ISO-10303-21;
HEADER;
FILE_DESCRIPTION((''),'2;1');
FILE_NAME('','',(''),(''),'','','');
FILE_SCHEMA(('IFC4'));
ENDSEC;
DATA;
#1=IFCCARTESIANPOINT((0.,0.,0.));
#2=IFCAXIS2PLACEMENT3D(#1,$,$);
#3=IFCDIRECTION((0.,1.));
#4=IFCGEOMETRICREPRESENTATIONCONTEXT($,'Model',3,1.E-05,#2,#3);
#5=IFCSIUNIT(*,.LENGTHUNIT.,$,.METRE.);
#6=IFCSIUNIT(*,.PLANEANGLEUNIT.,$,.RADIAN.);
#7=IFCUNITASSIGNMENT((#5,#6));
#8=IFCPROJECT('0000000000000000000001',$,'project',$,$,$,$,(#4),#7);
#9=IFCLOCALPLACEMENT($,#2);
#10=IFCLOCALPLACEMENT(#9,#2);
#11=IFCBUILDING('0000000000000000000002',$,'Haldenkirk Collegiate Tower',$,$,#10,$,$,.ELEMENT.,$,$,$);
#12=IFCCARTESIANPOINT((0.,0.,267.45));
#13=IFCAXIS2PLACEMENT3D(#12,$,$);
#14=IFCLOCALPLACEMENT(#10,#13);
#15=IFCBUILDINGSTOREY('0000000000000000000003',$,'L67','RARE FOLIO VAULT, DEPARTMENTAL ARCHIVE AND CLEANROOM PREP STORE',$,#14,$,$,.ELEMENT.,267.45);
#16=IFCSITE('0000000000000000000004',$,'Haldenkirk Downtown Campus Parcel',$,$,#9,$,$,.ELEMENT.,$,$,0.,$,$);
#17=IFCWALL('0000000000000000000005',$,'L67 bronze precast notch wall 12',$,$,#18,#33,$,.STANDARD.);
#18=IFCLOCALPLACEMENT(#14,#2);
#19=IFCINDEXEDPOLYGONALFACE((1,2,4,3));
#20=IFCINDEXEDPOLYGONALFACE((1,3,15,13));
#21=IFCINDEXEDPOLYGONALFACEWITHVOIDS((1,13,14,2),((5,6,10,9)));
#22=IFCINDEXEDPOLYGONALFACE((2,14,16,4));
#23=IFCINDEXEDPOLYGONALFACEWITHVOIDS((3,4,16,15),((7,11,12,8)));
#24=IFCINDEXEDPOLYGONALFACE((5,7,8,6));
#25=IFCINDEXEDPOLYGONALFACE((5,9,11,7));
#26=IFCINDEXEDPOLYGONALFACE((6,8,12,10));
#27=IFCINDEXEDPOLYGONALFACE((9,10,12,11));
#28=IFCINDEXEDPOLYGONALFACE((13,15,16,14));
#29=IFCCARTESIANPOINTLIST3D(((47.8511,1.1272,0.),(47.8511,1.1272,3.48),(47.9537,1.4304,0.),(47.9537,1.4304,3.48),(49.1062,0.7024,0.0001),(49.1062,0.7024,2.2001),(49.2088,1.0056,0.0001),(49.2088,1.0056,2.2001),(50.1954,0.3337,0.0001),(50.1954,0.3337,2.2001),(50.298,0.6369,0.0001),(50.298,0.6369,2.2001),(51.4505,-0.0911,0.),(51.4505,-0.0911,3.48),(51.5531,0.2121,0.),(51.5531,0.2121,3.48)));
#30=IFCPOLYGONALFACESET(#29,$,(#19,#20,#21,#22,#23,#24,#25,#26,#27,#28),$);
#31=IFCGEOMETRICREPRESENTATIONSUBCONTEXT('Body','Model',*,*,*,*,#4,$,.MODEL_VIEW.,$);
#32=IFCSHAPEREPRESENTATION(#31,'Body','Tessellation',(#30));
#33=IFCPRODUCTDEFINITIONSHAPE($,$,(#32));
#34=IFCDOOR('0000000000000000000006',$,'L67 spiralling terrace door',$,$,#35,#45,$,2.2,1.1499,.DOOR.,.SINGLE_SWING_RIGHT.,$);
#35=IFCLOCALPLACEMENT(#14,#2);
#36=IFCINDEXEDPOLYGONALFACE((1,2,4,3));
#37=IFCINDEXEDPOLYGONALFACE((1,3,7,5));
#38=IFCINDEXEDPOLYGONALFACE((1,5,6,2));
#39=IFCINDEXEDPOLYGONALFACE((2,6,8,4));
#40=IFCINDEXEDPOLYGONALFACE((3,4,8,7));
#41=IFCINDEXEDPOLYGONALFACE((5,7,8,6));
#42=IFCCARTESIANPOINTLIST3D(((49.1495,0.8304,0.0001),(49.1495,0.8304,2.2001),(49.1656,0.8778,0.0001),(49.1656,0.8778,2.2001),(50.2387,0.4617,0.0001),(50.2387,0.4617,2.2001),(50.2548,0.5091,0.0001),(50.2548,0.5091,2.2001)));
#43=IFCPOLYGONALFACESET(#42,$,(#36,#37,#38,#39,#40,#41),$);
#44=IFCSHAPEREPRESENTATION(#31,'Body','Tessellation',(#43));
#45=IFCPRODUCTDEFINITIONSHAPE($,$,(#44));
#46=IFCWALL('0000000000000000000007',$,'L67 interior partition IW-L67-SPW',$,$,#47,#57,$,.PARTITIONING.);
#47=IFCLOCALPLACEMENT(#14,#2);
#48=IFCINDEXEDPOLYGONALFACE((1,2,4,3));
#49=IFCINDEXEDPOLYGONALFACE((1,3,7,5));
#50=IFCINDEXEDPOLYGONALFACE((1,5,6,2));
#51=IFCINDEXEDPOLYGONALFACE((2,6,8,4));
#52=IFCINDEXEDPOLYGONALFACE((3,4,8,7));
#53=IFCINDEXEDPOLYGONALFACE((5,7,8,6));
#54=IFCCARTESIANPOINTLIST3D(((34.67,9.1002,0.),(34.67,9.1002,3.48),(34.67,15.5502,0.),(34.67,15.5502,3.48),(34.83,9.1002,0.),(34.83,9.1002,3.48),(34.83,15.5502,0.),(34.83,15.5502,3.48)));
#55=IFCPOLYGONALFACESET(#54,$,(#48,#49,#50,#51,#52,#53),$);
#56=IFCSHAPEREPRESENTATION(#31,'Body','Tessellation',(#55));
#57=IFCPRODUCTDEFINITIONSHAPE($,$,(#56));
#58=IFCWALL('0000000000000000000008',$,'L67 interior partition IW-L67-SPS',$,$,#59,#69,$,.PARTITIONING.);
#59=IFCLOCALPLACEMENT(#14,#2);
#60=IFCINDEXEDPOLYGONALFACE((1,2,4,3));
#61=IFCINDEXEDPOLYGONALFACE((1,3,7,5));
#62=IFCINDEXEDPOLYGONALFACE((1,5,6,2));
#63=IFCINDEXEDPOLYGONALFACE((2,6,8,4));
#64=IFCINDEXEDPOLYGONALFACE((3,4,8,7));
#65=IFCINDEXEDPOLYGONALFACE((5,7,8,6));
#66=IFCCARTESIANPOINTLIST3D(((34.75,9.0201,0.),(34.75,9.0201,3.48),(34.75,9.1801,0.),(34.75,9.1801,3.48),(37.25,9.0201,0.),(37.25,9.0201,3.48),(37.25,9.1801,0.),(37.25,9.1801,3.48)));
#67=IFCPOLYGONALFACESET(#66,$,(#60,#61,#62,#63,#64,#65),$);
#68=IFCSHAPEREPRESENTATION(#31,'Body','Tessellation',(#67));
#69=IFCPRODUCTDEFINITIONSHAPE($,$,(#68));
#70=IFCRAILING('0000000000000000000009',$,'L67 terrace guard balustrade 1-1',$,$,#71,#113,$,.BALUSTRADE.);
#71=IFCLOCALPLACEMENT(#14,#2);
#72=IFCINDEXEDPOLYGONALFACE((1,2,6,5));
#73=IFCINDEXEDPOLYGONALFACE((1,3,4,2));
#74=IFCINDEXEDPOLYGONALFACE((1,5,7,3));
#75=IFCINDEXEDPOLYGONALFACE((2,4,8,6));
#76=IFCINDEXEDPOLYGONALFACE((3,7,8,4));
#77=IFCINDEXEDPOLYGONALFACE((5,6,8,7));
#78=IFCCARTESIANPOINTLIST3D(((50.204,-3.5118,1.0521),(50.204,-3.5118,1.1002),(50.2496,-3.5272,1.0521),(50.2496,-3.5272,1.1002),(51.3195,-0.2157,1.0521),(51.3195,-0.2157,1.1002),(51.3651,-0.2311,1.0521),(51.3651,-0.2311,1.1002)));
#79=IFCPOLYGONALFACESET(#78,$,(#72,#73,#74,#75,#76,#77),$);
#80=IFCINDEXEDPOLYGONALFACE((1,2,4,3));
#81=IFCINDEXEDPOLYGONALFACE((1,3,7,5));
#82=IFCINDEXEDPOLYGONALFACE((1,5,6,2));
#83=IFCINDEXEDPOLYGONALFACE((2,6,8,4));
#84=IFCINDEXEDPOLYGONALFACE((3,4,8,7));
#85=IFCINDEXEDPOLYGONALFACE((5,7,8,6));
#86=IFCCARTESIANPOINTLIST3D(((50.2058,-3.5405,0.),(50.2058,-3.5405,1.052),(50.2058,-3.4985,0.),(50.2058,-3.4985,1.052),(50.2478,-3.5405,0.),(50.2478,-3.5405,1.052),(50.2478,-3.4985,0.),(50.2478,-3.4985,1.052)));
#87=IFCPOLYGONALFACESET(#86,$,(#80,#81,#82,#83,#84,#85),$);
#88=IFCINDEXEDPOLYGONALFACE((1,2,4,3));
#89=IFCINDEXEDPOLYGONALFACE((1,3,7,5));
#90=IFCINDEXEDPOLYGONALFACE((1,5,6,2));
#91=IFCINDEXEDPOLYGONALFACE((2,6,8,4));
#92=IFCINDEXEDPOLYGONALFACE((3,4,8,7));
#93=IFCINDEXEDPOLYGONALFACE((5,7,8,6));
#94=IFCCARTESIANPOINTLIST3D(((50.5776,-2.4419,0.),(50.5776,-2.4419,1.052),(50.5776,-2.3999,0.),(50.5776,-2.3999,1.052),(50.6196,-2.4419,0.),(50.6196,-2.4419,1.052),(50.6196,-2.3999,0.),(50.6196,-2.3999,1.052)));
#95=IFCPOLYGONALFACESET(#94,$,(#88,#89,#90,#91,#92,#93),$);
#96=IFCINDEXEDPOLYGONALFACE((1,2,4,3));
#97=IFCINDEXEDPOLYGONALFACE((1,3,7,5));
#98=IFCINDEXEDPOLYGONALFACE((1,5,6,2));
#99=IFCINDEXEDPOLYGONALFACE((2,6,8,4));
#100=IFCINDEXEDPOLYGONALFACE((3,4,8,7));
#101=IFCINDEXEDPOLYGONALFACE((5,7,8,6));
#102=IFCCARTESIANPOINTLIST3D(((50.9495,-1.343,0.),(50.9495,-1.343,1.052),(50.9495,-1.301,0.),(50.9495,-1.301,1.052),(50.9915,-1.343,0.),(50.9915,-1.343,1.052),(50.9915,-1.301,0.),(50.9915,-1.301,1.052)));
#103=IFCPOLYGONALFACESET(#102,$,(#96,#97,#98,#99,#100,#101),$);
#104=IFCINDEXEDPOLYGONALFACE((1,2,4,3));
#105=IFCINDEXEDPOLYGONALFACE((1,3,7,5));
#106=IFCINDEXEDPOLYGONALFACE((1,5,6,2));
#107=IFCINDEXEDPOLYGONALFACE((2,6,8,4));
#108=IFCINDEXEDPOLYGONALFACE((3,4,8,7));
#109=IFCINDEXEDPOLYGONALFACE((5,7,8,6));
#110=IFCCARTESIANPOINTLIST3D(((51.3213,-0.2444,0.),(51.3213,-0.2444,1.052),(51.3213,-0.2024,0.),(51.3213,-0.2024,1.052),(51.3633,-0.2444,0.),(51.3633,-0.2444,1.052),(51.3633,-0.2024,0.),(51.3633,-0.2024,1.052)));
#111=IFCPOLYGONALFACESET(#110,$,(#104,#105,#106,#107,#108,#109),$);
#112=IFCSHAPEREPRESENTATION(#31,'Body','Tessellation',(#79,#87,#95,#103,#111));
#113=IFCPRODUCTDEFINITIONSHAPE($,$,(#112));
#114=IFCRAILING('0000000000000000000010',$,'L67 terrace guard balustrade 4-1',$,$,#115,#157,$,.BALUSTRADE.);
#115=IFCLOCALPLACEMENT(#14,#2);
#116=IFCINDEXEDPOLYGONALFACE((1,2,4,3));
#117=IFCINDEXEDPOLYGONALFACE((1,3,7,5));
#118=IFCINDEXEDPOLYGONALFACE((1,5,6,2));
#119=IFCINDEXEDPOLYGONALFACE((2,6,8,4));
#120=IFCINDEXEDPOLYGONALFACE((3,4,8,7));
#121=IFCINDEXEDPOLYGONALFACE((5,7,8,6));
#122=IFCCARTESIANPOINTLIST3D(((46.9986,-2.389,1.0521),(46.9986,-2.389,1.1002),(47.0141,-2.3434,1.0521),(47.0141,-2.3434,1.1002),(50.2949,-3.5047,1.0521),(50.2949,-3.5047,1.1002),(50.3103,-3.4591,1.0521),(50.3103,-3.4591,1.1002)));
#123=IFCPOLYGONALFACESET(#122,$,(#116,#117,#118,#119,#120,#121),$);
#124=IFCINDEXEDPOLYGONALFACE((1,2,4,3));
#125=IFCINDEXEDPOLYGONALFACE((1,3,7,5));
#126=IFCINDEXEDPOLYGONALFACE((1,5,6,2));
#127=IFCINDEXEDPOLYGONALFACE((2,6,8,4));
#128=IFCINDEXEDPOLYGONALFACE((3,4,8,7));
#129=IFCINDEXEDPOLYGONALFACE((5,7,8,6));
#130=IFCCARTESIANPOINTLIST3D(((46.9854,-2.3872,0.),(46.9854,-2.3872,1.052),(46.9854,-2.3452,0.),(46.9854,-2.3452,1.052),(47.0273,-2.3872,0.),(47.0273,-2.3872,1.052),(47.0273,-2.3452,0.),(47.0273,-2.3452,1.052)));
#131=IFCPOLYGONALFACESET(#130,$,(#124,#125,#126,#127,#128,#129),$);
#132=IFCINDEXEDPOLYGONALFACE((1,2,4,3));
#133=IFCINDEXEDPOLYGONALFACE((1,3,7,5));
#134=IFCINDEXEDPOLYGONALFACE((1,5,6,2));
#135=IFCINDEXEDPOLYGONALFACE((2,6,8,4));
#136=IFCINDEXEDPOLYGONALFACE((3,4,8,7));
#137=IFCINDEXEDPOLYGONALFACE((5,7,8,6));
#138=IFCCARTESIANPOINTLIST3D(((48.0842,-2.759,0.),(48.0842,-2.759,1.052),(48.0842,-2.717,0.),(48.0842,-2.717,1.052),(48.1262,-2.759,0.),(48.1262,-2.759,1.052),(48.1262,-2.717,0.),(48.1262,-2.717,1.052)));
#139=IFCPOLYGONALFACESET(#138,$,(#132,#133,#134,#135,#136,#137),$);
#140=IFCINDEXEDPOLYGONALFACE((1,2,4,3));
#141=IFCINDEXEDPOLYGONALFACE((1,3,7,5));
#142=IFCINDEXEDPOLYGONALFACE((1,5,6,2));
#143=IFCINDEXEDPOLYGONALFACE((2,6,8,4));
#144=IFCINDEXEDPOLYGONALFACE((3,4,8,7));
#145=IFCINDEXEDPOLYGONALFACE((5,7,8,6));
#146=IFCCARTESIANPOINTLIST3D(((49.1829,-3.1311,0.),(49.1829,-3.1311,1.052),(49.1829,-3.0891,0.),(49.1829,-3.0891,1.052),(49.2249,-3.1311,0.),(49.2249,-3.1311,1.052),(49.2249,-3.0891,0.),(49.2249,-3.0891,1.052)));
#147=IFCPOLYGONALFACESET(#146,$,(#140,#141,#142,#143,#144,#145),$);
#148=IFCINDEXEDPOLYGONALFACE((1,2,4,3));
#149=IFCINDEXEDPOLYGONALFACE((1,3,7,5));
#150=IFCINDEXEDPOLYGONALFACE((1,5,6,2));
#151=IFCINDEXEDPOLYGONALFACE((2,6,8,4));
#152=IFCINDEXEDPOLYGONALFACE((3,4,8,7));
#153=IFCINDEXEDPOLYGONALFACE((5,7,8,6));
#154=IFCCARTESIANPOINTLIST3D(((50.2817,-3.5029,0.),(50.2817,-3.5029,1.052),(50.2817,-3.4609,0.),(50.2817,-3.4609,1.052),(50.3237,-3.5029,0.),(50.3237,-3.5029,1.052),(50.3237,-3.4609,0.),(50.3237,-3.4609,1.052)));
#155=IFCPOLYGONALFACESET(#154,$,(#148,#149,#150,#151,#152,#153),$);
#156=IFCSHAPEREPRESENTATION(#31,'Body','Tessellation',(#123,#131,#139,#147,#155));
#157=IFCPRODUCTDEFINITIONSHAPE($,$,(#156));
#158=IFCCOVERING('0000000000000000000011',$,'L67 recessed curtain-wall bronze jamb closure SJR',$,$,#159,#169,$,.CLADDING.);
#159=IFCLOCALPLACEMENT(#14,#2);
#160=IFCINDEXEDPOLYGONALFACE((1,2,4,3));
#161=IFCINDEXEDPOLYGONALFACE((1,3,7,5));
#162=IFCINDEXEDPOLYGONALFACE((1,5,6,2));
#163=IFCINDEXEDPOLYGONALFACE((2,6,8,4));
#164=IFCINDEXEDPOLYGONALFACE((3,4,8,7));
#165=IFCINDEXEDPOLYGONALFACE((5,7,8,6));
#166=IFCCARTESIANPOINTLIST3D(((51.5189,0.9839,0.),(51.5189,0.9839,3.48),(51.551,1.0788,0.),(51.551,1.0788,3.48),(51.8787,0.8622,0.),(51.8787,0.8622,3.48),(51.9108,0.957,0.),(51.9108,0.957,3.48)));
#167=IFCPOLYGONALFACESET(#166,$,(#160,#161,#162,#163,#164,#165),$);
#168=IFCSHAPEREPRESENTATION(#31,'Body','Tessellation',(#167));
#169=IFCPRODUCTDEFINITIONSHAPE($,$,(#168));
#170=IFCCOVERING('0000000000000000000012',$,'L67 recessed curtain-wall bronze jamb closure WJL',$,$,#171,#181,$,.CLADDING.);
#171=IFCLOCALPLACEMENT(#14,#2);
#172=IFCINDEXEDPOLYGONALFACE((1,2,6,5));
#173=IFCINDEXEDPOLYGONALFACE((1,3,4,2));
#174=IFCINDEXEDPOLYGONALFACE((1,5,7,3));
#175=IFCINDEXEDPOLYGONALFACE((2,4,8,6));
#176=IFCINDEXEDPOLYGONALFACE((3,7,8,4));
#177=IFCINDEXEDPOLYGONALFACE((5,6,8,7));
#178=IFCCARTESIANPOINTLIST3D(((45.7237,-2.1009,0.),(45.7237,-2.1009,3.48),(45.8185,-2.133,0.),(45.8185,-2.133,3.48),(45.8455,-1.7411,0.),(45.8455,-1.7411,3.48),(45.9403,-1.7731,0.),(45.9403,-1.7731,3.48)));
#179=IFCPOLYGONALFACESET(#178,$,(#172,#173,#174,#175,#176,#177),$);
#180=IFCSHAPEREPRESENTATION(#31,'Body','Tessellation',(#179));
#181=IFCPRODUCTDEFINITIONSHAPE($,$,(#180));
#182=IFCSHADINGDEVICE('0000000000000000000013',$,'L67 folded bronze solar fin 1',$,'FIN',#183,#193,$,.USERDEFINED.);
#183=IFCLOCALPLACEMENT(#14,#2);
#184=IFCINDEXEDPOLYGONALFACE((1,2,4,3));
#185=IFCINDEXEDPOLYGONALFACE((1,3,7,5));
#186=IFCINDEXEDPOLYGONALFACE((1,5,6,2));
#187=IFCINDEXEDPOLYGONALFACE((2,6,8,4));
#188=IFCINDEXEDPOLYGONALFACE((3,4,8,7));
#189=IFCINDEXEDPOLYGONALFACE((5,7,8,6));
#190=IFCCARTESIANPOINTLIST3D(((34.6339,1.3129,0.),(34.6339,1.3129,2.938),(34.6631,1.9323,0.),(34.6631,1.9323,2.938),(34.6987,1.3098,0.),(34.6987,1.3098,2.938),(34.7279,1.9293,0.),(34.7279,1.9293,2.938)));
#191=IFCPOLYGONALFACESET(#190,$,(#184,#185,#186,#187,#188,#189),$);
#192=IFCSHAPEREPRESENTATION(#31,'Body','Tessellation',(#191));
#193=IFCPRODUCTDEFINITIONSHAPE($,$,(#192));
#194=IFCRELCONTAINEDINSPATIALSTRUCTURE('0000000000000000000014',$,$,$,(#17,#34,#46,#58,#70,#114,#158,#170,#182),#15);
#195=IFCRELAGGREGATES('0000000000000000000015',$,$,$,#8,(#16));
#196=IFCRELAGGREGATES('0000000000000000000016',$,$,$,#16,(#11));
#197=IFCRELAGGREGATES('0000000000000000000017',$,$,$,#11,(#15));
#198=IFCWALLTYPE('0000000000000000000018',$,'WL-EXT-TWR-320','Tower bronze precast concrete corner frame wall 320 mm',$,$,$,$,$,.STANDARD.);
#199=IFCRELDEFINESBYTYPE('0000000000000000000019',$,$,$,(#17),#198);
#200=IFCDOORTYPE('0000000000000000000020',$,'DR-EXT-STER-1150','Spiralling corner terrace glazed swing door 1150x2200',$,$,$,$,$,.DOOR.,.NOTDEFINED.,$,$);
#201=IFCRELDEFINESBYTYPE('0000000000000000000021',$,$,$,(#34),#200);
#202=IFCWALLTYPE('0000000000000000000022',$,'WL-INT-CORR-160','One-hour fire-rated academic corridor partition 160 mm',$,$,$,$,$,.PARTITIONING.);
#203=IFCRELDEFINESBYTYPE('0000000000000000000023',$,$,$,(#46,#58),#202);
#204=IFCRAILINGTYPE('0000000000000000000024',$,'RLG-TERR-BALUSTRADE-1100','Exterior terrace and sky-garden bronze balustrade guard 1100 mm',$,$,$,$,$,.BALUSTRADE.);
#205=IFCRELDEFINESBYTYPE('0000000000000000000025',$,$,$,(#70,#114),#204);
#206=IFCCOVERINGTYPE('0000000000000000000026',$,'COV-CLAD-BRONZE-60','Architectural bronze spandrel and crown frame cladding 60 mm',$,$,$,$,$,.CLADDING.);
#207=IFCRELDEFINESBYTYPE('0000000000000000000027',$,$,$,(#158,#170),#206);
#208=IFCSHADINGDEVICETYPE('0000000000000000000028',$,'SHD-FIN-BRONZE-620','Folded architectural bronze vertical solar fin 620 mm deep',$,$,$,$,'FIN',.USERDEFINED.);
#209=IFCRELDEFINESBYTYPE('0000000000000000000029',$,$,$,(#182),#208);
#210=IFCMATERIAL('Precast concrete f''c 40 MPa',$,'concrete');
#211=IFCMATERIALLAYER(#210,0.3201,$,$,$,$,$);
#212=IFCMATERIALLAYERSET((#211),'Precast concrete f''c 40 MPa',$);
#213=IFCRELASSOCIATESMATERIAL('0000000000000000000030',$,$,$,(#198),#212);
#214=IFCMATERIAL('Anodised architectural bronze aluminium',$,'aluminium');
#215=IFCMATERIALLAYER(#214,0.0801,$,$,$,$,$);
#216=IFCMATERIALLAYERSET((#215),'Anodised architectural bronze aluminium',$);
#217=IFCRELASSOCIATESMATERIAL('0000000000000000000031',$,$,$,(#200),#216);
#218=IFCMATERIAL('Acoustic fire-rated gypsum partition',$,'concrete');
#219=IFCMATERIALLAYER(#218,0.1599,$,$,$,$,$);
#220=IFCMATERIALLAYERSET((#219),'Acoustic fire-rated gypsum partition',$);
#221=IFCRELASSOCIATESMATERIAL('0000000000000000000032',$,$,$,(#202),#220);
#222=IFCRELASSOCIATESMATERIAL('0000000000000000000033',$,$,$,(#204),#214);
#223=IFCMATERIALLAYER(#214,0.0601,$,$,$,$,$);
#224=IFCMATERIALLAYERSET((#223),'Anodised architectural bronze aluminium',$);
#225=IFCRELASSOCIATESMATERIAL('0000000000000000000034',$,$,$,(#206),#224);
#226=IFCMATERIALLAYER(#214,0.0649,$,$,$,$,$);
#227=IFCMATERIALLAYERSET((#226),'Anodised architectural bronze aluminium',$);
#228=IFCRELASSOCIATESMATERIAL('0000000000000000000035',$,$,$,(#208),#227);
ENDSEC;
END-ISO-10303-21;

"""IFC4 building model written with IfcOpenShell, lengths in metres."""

from ifc_helpers import new_model, si_unit, direction, frame, frame_2d, origin, origin_2d, place, context, subcontext, project, spatial, rectangle, extrude, source, transform, mapped, material, layer, layer_set, type_object, element, fill, save


model = new_model("IFC4")

# Units and contexts
model_context = context("Model", 3, precision=1e-05, world=origin(), true_north=direction((0.0, 1.0)))
body_context = subcontext(model_context, "Body", "Model", "MODEL_VIEW")
ifc_project = project(units=[si_unit("LENGTHUNIT", "METRE"), si_unit("PLANEANGLEUNIT", "RADIAN")], contexts=[model_context])

# Site, building, storey
site_placement = place(None, origin())
site = spatial("IfcSite", under=ifc_project, at=site_placement, Name="Haldenkirk Downtown Campus Parcel", CompositionType="ELEMENT", RefElevation=0.0)
building_placement = place(site_placement, origin())
building = spatial("IfcBuilding", under=site, at=building_placement, Name="Haldenkirk Collegiate Tower", CompositionType="ELEMENT")
storey_placement = place(building_placement, frame((0.0, 0.0, 267.45)))
storey = spatial("IfcBuildingStorey", under=building, at=storey_placement, Name="L67", Description="RARE FOLIO VAULT, DEPARTMENTAL ARCHIVE AND CLEANROOM PREP STORE", CompositionType="ELEMENT", Elevation=267.45)

# Shared definitions
ifc_material_1 = material(Name="Anodised architectural bronze aluminium", Category="aluminium")

# Shared definitions
ifc_material_2 = material(Name="Precast concrete f'c 40 MPa", Category="concrete")
ifc_layer_1 = layer(ifc_material_2, 0.3201)
ifc_layer_set_1 = layer_set([ifc_layer_1], Name="Precast concrete f'c 40 MPa")
wall_type_1 = type_object("IfcWallType", Name="WL-EXT-TWR-320", Description="Tower bronze precast concrete corner frame wall 320 mm", PredefinedType="STANDARD", material=ifc_layer_set_1)

# Wall, opening, door
wall_1_placement = place(storey_placement, frame((51.5017, 0.0605, 0.0), z_axis=(0.0, 0.0, 1.0), x_axis=(-0.947215, 0.3206, 0.0)))
wall_1 = element("IfcWall", 1, at=wall_1_placement, inside=storey, type_object=wall_type_1, Name="L67 bronze precast notch wall 12", PredefinedType="STANDARD", context=body_context, shape_type="SweptSolid", body=[
    extrude(rectangle(XDim=3.8, YDim=0.3201, at=frame_2d((1.8999, 0.0))), origin(), (0.0, 0.0, 1.0), 3.48),
])
opening_placement = place(wall_1_placement, frame((1.325, 0.0, 0.0)))
opening = element("IfcOpeningElement", 2, at=opening_placement, cuts=wall_1, PredefinedType="OPENING", context=body_context, shape_type="SweptSolid", body=[
    extrude(rectangle(XDim=1.1499, YDim=2.2, at=frame_2d((0.575, 1.1001))), frame((0.0, 0.1699, 0.0), z_axis=(0.0, -1.0, 0.0), x_axis=(1.0, 0.0, 0.0)), (0.0, 0.0, 1.0), 0.3401),
])
ifc_layer_2 = layer(ifc_material_1, 0.0801)
ifc_layer_set_2 = layer_set([ifc_layer_2], Name="Anodised architectural bronze aluminium")
door_type = type_object("IfcDoorType", Name="DR-EXT-STER-1150", Description="Spiralling corner terrace glazed swing door 1150x2200", OperationType="NOTDEFINED", PredefinedType="DOOR", material=ifc_layer_set_2)
door_placement = place(opening_placement, origin())
door = element("IfcDoor", 3, at=door_placement, inside=storey, type_object=door_type, Name="L67 spiralling terrace door", OperationType="SINGLE_SWING_RIGHT", OverallHeight=2.2, OverallWidth=1.1499, PredefinedType="DOOR", context=body_context, shape_type="SweptSolid", body=[
    extrude(rectangle(XDim=1.1499, YDim=2.2, at=frame_2d((0.575, 1.1001))), frame((0.0, 0.0249, 0.0), z_axis=(0.0, -1.0, 0.0), x_axis=(1.0, 0.0, 0.0)), (0.0, 0.0, 1.0), 0.05),
])
fill(opening, door)

# Walls
ifc_material_3 = material(Name="Acoustic fire-rated gypsum partition", Category="concrete")
ifc_layer_3 = layer(ifc_material_3, 0.1599)
ifc_layer_set_3 = layer_set([ifc_layer_3], Name="Acoustic fire-rated gypsum partition")
wall_type_2 = type_object("IfcWallType", Name="WL-INT-CORR-160", Description="One-hour fire-rated academic corridor partition 160 mm", PredefinedType="PARTITIONING", material=ifc_layer_set_3)
wall_2_placement = place(storey_placement, frame((34.75, 9.1001, 0.0), z_axis=(0.0, 0.0, 1.0), x_axis=(0.0, 1.0, 0.0)))
element("IfcWall", 4, at=wall_2_placement, inside=storey, type_object=wall_type_2, Name="L67 interior partition IW-L67-SPW", PredefinedType="PARTITIONING", context=body_context, shape_type="SweptSolid", body=[
    extrude(rectangle(XDim=6.45, YDim=0.1599, at=frame_2d((3.2251, 0.0))), origin(), (0.0, 0.0, 1.0), 3.48),
])
wall_3_placement = place(storey_placement, frame((34.75, 9.1001, 0.0), z_axis=(0.0, 0.0, 1.0), x_axis=(1.0, 0.0, 0.0)))
element("IfcWall", 5, at=wall_3_placement, inside=storey, type_object=wall_type_2, Name="L67 interior partition IW-L67-SPS", PredefinedType="PARTITIONING", context=body_context, shape_type="SweptSolid", body=[
    extrude(rectangle(XDim=2.5, YDim=0.1599, at=frame_2d((1.25, 0.0))), origin(), (0.0, 0.0, 1.0), 3.48),
])

# Railings
railing_type = type_object("IfcRailingType", Name="RLG-TERR-BALUSTRADE-1100", Description="Exterior terrace and sky-garden bronze balustrade guard 1100 mm", PredefinedType="BALUSTRADE", material=ifc_material_1)
railing_1_placement = place(storey_placement, frame((50.2268, -3.5195, 0.0)))
element("IfcRailing", 6, at=railing_1_placement, inside=storey, type_object=railing_type, Name="L67 terrace guard balustrade 1-1", PredefinedType="BALUSTRADE", context=body_context, shape_type="SweptSolid", body=[
    extrude(rectangle(XDim=0.0481, YDim=0.0481, at=origin_2d()), frame((0.0, 0.0, 1.0762), z_axis=(0.32056, 0.947228, 0.0), x_axis=(-0.947228, 0.32056, 0.0)), (0.0, 0.0, 1.0), 3.4797),
    extrude(rectangle(XDim=0.042, YDim=0.042, at=origin_2d()), origin(), (0.0, 0.0, 1.0), 1.052),
    extrude(rectangle(XDim=0.042, YDim=0.042, at=origin_2d()), frame((0.3718, 1.0986, 0.0)), (0.0, 0.0, 1.0), 1.052),
    extrude(rectangle(XDim=0.042, YDim=0.042, at=origin_2d()), frame((0.7437, 2.1975, 0.0)), (0.0, 0.0, 1.0), 1.052),
    extrude(rectangle(XDim=0.042, YDim=0.042, at=origin_2d()), frame((1.1155, 3.2961, 0.0)), (0.0, 0.0, 1.0), 1.052),
])
railing_2_placement = place(storey_placement, frame((47.0063, -2.3662, 0.0)))
element("IfcRailing", 7, at=railing_2_placement, inside=storey, type_object=railing_type, Name="L67 terrace guard balustrade 4-1", PredefinedType="BALUSTRADE", context=body_context, shape_type="SweptSolid", body=[
    extrude(rectangle(XDim=0.0481, YDim=0.0481, at=origin_2d()), frame((0.0, 0.0, 1.0762), z_axis=(0.947214, -0.320602, 0.0), x_axis=(0.320602, 0.947214, 0.0)), (0.0, 0.0, 1.0), 3.48),
    extrude(rectangle(XDim=0.042, YDim=0.042, at=origin_2d()), origin(), (0.0, 0.0, 1.0), 1.052),
    extrude(rectangle(XDim=0.042, YDim=0.042, at=origin_2d()), frame((1.0989, -0.3718, 0.0)), (0.0, 0.0, 1.0), 1.052),
    extrude(rectangle(XDim=0.042, YDim=0.042, at=origin_2d()), frame((2.1975, -0.7439, 0.0)), (0.0, 0.0, 1.0), 1.052),
    extrude(rectangle(XDim=0.042, YDim=0.042, at=origin_2d()), frame((3.2964, -1.1157, 0.0)), (0.0, 0.0, 1.0), 1.052),
])

# Coverings
ifc_layer_4 = layer(ifc_material_1, 0.0601)
ifc_layer_set_4 = layer_set([ifc_layer_4], Name="Anodised architectural bronze aluminium")
covering_type = type_object("IfcCoveringType", Name="COV-CLAD-BRONZE-60", Description="Architectural bronze spandrel and crown frame cladding 60 mm", PredefinedType="CLADDING", material=ifc_layer_set_4)
shared_shape_1 = source(origin(), body_context, "Body", "SweptSolid", [
    extrude(rectangle(XDim=0.1001, YDim=0.3799, at=origin_2d()), origin(), (0.0, 0.0, 1.0), 3.48),
])
for number, where, z_axis, x_axis, name in (
    (8, (51.7148, 0.9705, 0.0), (0.0, 0.0, 1.0), (-0.320613, -0.94721, 0.0), "L67 recessed curtain-wall bronze jamb closure SJR"),
    (9, (45.832, -1.937, 0.0), (0.0, 0.0, 1.0), (-0.94721, 0.320613, 0.0), "L67 recessed curtain-wall bronze jamb closure WJL"),
):
    element("IfcCovering", number, at=place(storey_placement, frame(where, z_axis=z_axis, x_axis=x_axis)), inside=storey, type_object=covering_type, Name=name, PredefinedType="CLADDING", context=body_context, shape_type="MappedRepresentation", body=[
        mapped(shared_shape_1, transform((0.0, 0.0, 0.0), x_axis=(1.0, 0.0, 0.0), y_axis=(0.0, 1.0, 0.0), z_axis=(0.0, 0.0, 1.0), scale=1.0)),
    ])

# Shading device
ifc_layer_5 = layer(ifc_material_1, 0.0649)
ifc_layer_set_5 = layer_set([ifc_layer_5], Name="Anodised architectural bronze aluminium")
shading_device_type = type_object("IfcShadingDeviceType", Name="SHD-FIN-BRONZE-620", Description="Folded architectural bronze vertical solar fin 620 mm deep", ElementType="FIN", PredefinedType="USERDEFINED", material=ifc_layer_set_5)
shared_shape_2 = source(origin(), body_context, "Body", "SweptSolid", [
    extrude(rectangle(XDim=0.6201, YDim=0.0649, at=origin_2d()), origin(), (0.0, 0.0, 1.0), 2.938),
])
shading_device_placement = place(storey_placement, frame((34.6809, 1.6211, 0.0), z_axis=(0.0, 0.0, 1.0), x_axis=(-0.047106, -0.99889, 0.0)))
element("IfcShadingDevice", 10, at=shading_device_placement, inside=storey, type_object=shading_device_type, Name="L67 folded bronze solar fin 1", ObjectType="FIN", PredefinedType="USERDEFINED", context=body_context, shape_type="MappedRepresentation", body=[
    mapped(shared_shape_2, transform((0.0, 0.0, 0.0), x_axis=(1.0, 0.0, 0.0), y_axis=(0.0, 1.0, 0.0), z_axis=(0.0, 0.0, 1.0), scale=1.0)),
])

save(model, "model.ifc")
